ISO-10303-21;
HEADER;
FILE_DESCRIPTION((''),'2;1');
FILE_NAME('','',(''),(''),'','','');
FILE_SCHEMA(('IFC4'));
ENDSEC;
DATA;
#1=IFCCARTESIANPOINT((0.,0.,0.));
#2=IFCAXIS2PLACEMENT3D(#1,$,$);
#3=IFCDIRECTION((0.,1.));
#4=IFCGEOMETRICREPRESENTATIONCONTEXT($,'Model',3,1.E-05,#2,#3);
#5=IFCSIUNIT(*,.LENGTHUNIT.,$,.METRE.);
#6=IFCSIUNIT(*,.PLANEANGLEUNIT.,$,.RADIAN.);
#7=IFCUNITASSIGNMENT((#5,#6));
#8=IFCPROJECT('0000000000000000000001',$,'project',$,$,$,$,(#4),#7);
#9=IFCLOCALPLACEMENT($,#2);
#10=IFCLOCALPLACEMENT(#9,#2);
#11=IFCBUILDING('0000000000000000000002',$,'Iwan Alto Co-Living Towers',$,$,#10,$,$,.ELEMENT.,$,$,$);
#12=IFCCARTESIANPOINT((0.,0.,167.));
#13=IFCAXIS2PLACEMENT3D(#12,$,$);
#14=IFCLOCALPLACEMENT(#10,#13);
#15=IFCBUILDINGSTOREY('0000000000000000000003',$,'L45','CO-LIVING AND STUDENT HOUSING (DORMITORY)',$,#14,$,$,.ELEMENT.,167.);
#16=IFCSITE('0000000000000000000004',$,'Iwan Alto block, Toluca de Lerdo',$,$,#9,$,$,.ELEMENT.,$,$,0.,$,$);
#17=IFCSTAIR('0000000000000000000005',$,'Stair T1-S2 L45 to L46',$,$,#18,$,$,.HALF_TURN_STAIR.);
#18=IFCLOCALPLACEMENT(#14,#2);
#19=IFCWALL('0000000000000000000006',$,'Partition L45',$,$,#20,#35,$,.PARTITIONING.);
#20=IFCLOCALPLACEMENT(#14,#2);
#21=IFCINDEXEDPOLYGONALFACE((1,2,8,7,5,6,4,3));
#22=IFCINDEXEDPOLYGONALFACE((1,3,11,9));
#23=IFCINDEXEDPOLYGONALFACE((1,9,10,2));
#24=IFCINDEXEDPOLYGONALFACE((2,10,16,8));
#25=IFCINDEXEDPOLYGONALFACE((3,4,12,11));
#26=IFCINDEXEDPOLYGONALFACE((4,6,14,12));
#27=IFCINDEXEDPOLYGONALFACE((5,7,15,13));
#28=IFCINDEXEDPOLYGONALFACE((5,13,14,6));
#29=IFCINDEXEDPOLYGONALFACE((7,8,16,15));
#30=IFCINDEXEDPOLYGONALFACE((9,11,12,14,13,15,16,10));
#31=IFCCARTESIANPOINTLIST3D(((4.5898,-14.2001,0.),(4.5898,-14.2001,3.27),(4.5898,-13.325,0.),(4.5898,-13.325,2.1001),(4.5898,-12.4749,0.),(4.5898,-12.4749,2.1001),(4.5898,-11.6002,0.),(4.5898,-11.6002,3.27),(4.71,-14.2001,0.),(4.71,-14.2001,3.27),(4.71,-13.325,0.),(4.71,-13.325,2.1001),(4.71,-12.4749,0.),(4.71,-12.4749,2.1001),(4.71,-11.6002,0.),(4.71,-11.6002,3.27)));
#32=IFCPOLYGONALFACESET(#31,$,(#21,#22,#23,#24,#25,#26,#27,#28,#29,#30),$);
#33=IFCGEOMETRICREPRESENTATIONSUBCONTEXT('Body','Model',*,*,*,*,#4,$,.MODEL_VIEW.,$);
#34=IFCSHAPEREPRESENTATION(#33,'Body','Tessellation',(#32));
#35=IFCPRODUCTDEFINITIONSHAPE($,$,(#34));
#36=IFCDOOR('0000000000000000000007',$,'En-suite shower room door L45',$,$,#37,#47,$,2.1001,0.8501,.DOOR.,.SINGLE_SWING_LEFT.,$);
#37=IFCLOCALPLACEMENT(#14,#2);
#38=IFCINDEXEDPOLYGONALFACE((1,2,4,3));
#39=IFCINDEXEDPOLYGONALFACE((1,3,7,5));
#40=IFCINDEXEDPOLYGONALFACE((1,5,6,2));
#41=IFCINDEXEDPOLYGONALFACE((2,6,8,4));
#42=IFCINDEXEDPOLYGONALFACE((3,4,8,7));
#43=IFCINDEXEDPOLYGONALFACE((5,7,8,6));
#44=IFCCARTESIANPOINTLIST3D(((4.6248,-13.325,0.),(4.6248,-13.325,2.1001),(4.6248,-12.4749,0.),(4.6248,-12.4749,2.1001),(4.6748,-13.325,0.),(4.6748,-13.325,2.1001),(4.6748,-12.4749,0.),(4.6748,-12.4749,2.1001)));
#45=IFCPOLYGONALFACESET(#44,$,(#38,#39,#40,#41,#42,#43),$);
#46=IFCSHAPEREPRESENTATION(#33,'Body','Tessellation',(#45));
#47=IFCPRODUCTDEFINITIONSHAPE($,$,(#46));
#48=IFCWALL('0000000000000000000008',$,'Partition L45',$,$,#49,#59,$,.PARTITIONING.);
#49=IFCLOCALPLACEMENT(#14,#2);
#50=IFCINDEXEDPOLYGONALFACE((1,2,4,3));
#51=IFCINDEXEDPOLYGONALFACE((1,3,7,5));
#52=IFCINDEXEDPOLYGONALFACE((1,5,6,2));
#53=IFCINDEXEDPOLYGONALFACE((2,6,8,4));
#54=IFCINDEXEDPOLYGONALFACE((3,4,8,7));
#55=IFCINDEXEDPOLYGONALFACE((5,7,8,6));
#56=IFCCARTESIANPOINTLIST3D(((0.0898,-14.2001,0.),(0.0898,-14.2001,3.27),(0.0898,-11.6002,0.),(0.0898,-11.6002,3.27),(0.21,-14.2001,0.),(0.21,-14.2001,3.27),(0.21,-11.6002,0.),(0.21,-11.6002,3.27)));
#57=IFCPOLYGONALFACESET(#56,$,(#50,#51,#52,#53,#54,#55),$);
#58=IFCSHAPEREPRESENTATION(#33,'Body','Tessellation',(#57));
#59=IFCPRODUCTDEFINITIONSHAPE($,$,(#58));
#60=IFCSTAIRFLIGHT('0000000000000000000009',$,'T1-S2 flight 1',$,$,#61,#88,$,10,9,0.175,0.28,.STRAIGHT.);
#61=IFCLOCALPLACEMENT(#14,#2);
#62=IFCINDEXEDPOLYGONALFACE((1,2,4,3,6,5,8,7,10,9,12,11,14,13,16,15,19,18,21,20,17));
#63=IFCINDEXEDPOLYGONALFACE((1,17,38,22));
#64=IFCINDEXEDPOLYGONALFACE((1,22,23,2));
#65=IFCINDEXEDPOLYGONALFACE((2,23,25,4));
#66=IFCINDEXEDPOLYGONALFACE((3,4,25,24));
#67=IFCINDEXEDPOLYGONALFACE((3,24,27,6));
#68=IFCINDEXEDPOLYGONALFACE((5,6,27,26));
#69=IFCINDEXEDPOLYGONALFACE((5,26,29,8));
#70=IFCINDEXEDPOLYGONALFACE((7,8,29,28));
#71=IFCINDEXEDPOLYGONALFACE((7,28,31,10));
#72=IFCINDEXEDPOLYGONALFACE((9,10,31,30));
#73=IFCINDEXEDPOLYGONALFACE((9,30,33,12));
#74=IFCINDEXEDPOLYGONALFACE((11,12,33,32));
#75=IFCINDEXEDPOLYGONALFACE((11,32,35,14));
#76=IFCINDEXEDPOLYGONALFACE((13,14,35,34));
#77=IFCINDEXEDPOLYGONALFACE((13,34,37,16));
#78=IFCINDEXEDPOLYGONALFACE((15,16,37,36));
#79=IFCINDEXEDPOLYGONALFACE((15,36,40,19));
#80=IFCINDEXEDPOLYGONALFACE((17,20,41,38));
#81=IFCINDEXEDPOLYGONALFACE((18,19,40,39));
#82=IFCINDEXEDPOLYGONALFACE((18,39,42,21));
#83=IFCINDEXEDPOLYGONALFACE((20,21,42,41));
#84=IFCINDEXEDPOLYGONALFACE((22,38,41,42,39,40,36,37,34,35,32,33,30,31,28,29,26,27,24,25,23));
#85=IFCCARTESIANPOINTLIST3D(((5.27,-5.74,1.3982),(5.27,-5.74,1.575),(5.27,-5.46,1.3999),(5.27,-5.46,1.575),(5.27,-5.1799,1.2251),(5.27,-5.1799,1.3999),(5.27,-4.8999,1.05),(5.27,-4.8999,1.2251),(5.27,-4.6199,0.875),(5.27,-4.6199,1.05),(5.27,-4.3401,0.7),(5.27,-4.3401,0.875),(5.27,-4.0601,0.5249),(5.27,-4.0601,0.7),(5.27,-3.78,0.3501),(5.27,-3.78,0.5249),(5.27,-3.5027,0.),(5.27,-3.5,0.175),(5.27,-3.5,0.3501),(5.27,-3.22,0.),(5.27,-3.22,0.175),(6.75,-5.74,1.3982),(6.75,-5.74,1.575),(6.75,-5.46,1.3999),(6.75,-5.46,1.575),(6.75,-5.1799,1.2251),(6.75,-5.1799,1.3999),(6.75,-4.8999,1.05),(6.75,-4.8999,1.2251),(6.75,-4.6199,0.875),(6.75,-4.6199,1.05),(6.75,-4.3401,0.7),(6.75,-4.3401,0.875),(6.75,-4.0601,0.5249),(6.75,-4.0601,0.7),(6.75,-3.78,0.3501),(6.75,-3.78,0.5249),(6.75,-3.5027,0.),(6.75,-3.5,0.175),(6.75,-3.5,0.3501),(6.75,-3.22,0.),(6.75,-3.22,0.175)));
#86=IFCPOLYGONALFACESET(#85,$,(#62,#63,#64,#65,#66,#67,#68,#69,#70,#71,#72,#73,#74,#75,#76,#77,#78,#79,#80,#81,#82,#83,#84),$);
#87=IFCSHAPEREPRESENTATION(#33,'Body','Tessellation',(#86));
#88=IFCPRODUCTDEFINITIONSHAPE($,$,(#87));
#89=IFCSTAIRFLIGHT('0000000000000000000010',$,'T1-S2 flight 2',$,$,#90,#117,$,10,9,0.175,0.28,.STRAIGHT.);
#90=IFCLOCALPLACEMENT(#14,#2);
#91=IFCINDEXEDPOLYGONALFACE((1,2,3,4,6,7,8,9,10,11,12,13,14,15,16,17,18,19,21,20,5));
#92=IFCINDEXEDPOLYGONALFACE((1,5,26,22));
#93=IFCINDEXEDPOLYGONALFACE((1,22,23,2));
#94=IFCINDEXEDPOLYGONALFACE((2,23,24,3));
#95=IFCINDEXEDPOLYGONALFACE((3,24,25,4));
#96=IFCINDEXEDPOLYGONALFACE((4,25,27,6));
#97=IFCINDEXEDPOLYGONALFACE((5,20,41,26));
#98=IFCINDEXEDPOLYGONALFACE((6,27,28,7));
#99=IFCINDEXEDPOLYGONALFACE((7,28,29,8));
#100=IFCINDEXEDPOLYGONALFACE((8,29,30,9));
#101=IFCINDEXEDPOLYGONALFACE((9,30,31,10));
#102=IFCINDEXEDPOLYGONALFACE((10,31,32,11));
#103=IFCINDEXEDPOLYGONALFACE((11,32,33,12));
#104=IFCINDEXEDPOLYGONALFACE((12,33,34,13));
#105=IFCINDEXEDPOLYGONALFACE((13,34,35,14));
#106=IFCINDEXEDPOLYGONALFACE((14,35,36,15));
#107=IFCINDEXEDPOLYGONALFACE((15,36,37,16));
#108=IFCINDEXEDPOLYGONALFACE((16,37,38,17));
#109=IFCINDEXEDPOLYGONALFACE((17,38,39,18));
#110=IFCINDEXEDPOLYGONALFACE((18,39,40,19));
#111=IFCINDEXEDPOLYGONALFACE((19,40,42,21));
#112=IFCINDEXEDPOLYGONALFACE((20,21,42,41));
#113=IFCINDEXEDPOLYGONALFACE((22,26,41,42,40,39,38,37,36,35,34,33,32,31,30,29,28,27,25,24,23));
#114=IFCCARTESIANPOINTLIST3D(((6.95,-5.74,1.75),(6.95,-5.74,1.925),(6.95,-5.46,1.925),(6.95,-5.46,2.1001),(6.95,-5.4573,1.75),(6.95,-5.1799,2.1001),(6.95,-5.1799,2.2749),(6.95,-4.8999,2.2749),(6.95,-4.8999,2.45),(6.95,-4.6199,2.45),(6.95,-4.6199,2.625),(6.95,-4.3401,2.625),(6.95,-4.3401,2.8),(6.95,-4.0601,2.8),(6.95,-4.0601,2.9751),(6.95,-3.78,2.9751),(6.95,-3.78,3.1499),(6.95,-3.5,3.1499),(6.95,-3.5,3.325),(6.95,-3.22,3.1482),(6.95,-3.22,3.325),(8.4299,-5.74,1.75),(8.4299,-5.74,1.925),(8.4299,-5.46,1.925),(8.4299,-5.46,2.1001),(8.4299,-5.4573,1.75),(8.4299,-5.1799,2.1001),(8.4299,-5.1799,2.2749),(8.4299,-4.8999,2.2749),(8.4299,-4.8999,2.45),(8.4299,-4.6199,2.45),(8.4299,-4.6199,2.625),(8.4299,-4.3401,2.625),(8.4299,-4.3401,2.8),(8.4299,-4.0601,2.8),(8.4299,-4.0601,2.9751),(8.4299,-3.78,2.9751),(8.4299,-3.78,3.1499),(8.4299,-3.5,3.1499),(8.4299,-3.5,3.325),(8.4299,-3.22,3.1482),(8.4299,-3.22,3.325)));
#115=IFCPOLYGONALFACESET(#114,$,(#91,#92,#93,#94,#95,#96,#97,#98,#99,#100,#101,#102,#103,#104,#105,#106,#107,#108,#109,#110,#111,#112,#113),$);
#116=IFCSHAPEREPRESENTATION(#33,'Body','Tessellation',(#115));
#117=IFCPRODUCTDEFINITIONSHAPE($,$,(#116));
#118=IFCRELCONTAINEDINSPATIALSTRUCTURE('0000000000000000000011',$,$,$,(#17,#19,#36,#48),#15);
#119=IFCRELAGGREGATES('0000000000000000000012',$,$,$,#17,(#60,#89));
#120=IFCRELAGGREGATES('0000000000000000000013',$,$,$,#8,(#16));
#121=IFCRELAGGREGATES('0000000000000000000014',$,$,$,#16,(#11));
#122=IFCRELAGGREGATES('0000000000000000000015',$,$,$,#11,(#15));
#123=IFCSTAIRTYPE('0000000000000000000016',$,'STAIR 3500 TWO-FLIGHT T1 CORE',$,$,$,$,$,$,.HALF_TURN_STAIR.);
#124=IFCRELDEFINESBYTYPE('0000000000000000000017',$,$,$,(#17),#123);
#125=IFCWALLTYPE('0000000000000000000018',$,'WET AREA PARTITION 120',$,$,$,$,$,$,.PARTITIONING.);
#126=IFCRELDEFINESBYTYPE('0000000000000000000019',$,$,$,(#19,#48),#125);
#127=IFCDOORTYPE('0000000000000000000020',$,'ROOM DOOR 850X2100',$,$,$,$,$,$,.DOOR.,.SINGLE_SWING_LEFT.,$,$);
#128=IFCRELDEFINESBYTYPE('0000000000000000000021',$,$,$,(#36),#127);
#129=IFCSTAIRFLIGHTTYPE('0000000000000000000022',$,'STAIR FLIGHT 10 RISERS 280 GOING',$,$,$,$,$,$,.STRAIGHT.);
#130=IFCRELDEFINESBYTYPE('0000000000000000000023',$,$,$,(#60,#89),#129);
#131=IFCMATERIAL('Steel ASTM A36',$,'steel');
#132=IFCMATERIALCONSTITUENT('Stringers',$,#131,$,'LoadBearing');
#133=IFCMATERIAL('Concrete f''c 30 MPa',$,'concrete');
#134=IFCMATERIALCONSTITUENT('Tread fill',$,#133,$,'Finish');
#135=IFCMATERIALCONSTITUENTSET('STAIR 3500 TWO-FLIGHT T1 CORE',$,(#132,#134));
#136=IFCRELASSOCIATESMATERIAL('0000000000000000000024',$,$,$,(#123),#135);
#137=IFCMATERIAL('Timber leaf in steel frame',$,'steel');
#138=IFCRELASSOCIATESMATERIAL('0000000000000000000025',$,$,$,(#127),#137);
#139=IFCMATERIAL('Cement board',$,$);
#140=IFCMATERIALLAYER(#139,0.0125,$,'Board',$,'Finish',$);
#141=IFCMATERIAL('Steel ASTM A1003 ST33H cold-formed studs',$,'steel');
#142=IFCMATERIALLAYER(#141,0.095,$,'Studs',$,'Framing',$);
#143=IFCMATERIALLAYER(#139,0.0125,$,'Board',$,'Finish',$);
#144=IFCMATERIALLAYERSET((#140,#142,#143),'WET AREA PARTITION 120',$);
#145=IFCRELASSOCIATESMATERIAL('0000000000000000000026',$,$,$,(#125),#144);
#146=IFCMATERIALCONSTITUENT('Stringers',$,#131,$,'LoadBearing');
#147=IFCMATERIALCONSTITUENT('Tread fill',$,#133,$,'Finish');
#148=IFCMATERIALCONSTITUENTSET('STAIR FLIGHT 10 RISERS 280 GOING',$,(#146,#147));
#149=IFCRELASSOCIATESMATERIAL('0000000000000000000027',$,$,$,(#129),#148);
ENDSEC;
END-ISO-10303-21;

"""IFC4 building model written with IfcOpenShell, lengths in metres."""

from ifc_helpers import new_model, si_unit, direction, frame, frame_2d, origin, place, context, subcontext, project, spatial, polyline, rectangle, outline, extrude, material, layer, layer_set, constituent, constituent_set, type_object, element, fill, aggregate, save


model = new_model("IFC4")

# Units and contexts
model_context = context("Model", 3, precision=1e-05, world=origin(), true_north=direction((0.0, 1.0)))
body_context = subcontext(model_context, "Body", "Model", "MODEL_VIEW")
ifc_project = project(units=[si_unit("LENGTHUNIT", "METRE"), si_unit("PLANEANGLEUNIT", "RADIAN")], contexts=[model_context])

# Site, building, storey
site_placement = place(None, origin())
site = spatial("IfcSite", under=ifc_project, at=site_placement, Name="Iwan Alto block, Toluca de Lerdo", CompositionType="ELEMENT", RefElevation=0.0)
building_placement = place(site_placement, origin())
building = spatial("IfcBuilding", under=site, at=building_placement, Name="Iwan Alto Co-Living Towers", CompositionType="ELEMENT")
storey_placement = place(building_placement, frame((0.0, 0.0, 167.0)))
storey = spatial("IfcBuildingStorey", under=building, at=storey_placement, Name="L45", Description="CO-LIVING AND STUDENT HOUSING (DORMITORY)", CompositionType="ELEMENT", Elevation=167.0)

# Stair
ifc_material_1 = material(Name="Steel ASTM A36", Category="steel")
ifc_constituent_1 = constituent(ifc_material_1, Name="Stringers", Category="LoadBearing")
ifc_material_2 = material(Name="Concrete f'c 30 MPa", Category="concrete")
ifc_constituent_2 = constituent(ifc_material_2, Name="Tread fill", Category="Finish")
ifc_constituent_set_1 = constituent_set(constituents=[ifc_constituent_1, ifc_constituent_2], Name="STAIR 3500 TWO-FLIGHT T1 CORE")
stair_type = type_object("IfcStairType", Name="STAIR 3500 TWO-FLIGHT T1 CORE", PredefinedType="HALF_TURN_STAIR", material=ifc_constituent_set_1)
stair_1_placement = place(storey_placement, origin())
stair_1 = element("IfcStair", 1, at=stair_1_placement, inside=storey, type_object=stair_type, Name="Stair T1-S2 L45 to L46", PredefinedType="HALF_TURN_STAIR")

# Shared definitions
ifc_material_3 = material(Name="Steel ASTM A1003 ST33H cold-formed studs", Category="steel")

# Shared definitions
ifc_material_4 = material(Name="Timber leaf in steel frame", Category="steel")
door_type_1 = type_object("IfcDoorType", Name="ROOM DOOR 850X2100", OperationType="SINGLE_SWING_LEFT", PredefinedType="DOOR", material=ifc_material_4)

# Shared definitions
ifc_material_5 = material(Name="Cement board")
ifc_layer_1 = layer(ifc_material_5, 0.0125, Name="Board", Category="Finish")
ifc_layer_2 = layer(ifc_material_3, 0.095, Name="Studs", Category="Framing")
ifc_layer_3 = layer(ifc_material_5, 0.0125, Name="Board", Category="Finish")
ifc_layer_set_1 = layer_set([ifc_layer_1, ifc_layer_2, ifc_layer_3], Name="WET AREA PARTITION 120")
wall_type_1 = type_object("IfcWallType", Name="WET AREA PARTITION 120", PredefinedType="PARTITIONING", material=ifc_layer_set_1)

# Wall, opening, door
wall_1_placement = place(storey_placement, frame((4.6499, -14.2, 0.0), z_axis=(0.0, 0.0, 1.0), x_axis=(0.0, 1.0, 0.0)))
wall_1 = element("IfcWall", 2, at=wall_1_placement, inside=storey, type_object=wall_type_1, Name="Partition L45", PredefinedType="PARTITIONING", context=body_context, shape_type="SweptSolid", body=[
    extrude(rectangle(XDim=2.5999, YDim=0.1201, at=frame_2d((1.2998, 0.0))), origin(), (0.0, 0.0, 1.0), 3.27),
])
opening_1_placement = place(wall_1_placement, frame((0.875, 0.0, 0.0)))
opening_1 = element("IfcOpeningElement", 3, at=opening_1_placement, cuts=wall_1, PredefinedType="OPENING", context=body_context, shape_type="SweptSolid", body=[
    extrude(rectangle(XDim=0.8501, YDim=2.1001, at=frame_2d((0.425, 1.05))), frame((0.0, 0.0701, 0.0), z_axis=(0.0, -1.0, 0.0), x_axis=(1.0, 0.0, 0.0)), (0.0, 0.0, 1.0), 0.1401),
])
door_1_placement = place(opening_1_placement, frame((0.8501, 0.0, 0.0), z_axis=(0.0, 0.0, 1.0), x_axis=(-1.0, 0.0, 0.0)))
door_1 = element("IfcDoor", 4, at=door_1_placement, inside=storey, type_object=door_type_1, Name="En-suite shower room door L45", OperationType="SINGLE_SWING_LEFT", OverallHeight=2.1001, OverallWidth=0.8501, PredefinedType="DOOR", context=body_context, shape_type="SweptSolid", body=[
    extrude(rectangle(XDim=0.8501, YDim=2.1001, at=frame_2d((0.425, 1.05))), frame((0.0, 0.0249, 0.0), z_axis=(0.0, -1.0, 0.0), x_axis=(1.0, 0.0, 0.0)), (0.0, 0.0, 1.0), 0.05),
])
fill(opening_1, door_1)

# Wall
wall_2_placement = place(storey_placement, frame((0.1499, -14.2, 0.0), z_axis=(0.0, 0.0, 1.0), x_axis=(0.0, 1.0, 0.0)))
element("IfcWall", 5, at=wall_2_placement, inside=storey, type_object=wall_type_1, Name="Partition L45", PredefinedType="PARTITIONING", context=body_context, shape_type="SweptSolid", body=[
    extrude(rectangle(XDim=2.5999, YDim=0.1201, at=frame_2d((1.2998, 0.0))), origin(), (0.0, 0.0, 1.0), 3.27),
])

# Stair flights
ifc_constituent_3 = constituent(ifc_material_1, Name="Stringers", Category="LoadBearing")
ifc_constituent_4 = constituent(ifc_material_2, Name="Tread fill", Category="Finish")
ifc_constituent_set_2 = constituent_set(constituents=[ifc_constituent_3, ifc_constituent_4], Name="STAIR FLIGHT 10 RISERS 280 GOING")
stair_flight_type = type_object("IfcStairFlightType", Name="STAIR FLIGHT 10 RISERS 280 GOING", PredefinedType="STRAIGHT", material=ifc_constituent_set_2)
stair_flight_1_placement = place(storey_placement, frame((6.01, -3.22, 0.0), z_axis=(0.0, 0.0, 1.0), x_axis=(0.0, -1.0, 0.0)))
stair_flight_1 = element("IfcStairFlight", 6, at=stair_flight_1_placement, type_object=stair_flight_type, Name="T1-S2 flight 1", NumberOfRisers=10, NumberOfTreads=9, PredefinedType="STRAIGHT", RiserHeight=0.175, TreadLength=0.28, context=body_context, shape_type="SweptSolid", body=[
    extrude(outline(polyline([(0.0, 0.0), (0.0, 0.175), (0.28, 0.175), (0.28, 0.3501), (0.5601, 0.3501), (0.5601, 0.5249), (0.8401, 0.5249), (0.8401, 0.7), (1.1201, 0.7), (1.1201, 0.875), (1.3999, 0.875), (1.3999, 1.05), (1.6799, 1.05), (1.6799, 1.2251), (1.96, 1.2251), (1.96, 1.3999), (2.24, 1.3999), (2.24, 1.575), (2.52, 1.575), (2.52, 1.75), (2.52, 1.3982), (0.2827, 0.0), (0.0, 0.0)])), frame((0.0, 0.74, 0.0), z_axis=(0.0, -1.0, 0.0), x_axis=(1.0, 0.0, 0.0)), (0.0, 0.0, 1.0), 1.48),
])
stair_flight_2_placement = place(storey_placement, frame((7.6899, -5.74, 1.75), z_axis=(0.0, 0.0, 1.0), x_axis=(0.0, 1.0, 0.0)))
stair_flight_2 = element("IfcStairFlight", 7, at=stair_flight_2_placement, type_object=stair_flight_type, Name="T1-S2 flight 2", NumberOfRisers=10, NumberOfTreads=9, PredefinedType="STRAIGHT", RiserHeight=0.175, TreadLength=0.28, context=body_context, shape_type="SweptSolid", body=[
    extrude(outline(polyline([(0.0, 0.0), (0.0, 0.175), (0.28, 0.175), (0.28, 0.3501), (0.5601, 0.3501), (0.5601, 0.5249), (0.8401, 0.5249), (0.8401, 0.7), (1.1201, 0.7), (1.1201, 0.875), (1.3999, 0.875), (1.3999, 1.05), (1.6799, 1.05), (1.6799, 1.2251), (1.96, 1.2251), (1.96, 1.3999), (2.24, 1.3999), (2.24, 1.575), (2.52, 1.575), (2.52, 1.75), (2.52, 1.3982), (0.2827, 0.0), (0.0, 0.0)])), frame((0.0, 0.74, 0.0), z_axis=(0.0, -1.0, 0.0), x_axis=(1.0, 0.0, 0.0)), (0.0, 0.0, 1.0), 1.48),
])
aggregate(stair_1, [stair_flight_1, stair_flight_2])

save(model, "model.ifc")
